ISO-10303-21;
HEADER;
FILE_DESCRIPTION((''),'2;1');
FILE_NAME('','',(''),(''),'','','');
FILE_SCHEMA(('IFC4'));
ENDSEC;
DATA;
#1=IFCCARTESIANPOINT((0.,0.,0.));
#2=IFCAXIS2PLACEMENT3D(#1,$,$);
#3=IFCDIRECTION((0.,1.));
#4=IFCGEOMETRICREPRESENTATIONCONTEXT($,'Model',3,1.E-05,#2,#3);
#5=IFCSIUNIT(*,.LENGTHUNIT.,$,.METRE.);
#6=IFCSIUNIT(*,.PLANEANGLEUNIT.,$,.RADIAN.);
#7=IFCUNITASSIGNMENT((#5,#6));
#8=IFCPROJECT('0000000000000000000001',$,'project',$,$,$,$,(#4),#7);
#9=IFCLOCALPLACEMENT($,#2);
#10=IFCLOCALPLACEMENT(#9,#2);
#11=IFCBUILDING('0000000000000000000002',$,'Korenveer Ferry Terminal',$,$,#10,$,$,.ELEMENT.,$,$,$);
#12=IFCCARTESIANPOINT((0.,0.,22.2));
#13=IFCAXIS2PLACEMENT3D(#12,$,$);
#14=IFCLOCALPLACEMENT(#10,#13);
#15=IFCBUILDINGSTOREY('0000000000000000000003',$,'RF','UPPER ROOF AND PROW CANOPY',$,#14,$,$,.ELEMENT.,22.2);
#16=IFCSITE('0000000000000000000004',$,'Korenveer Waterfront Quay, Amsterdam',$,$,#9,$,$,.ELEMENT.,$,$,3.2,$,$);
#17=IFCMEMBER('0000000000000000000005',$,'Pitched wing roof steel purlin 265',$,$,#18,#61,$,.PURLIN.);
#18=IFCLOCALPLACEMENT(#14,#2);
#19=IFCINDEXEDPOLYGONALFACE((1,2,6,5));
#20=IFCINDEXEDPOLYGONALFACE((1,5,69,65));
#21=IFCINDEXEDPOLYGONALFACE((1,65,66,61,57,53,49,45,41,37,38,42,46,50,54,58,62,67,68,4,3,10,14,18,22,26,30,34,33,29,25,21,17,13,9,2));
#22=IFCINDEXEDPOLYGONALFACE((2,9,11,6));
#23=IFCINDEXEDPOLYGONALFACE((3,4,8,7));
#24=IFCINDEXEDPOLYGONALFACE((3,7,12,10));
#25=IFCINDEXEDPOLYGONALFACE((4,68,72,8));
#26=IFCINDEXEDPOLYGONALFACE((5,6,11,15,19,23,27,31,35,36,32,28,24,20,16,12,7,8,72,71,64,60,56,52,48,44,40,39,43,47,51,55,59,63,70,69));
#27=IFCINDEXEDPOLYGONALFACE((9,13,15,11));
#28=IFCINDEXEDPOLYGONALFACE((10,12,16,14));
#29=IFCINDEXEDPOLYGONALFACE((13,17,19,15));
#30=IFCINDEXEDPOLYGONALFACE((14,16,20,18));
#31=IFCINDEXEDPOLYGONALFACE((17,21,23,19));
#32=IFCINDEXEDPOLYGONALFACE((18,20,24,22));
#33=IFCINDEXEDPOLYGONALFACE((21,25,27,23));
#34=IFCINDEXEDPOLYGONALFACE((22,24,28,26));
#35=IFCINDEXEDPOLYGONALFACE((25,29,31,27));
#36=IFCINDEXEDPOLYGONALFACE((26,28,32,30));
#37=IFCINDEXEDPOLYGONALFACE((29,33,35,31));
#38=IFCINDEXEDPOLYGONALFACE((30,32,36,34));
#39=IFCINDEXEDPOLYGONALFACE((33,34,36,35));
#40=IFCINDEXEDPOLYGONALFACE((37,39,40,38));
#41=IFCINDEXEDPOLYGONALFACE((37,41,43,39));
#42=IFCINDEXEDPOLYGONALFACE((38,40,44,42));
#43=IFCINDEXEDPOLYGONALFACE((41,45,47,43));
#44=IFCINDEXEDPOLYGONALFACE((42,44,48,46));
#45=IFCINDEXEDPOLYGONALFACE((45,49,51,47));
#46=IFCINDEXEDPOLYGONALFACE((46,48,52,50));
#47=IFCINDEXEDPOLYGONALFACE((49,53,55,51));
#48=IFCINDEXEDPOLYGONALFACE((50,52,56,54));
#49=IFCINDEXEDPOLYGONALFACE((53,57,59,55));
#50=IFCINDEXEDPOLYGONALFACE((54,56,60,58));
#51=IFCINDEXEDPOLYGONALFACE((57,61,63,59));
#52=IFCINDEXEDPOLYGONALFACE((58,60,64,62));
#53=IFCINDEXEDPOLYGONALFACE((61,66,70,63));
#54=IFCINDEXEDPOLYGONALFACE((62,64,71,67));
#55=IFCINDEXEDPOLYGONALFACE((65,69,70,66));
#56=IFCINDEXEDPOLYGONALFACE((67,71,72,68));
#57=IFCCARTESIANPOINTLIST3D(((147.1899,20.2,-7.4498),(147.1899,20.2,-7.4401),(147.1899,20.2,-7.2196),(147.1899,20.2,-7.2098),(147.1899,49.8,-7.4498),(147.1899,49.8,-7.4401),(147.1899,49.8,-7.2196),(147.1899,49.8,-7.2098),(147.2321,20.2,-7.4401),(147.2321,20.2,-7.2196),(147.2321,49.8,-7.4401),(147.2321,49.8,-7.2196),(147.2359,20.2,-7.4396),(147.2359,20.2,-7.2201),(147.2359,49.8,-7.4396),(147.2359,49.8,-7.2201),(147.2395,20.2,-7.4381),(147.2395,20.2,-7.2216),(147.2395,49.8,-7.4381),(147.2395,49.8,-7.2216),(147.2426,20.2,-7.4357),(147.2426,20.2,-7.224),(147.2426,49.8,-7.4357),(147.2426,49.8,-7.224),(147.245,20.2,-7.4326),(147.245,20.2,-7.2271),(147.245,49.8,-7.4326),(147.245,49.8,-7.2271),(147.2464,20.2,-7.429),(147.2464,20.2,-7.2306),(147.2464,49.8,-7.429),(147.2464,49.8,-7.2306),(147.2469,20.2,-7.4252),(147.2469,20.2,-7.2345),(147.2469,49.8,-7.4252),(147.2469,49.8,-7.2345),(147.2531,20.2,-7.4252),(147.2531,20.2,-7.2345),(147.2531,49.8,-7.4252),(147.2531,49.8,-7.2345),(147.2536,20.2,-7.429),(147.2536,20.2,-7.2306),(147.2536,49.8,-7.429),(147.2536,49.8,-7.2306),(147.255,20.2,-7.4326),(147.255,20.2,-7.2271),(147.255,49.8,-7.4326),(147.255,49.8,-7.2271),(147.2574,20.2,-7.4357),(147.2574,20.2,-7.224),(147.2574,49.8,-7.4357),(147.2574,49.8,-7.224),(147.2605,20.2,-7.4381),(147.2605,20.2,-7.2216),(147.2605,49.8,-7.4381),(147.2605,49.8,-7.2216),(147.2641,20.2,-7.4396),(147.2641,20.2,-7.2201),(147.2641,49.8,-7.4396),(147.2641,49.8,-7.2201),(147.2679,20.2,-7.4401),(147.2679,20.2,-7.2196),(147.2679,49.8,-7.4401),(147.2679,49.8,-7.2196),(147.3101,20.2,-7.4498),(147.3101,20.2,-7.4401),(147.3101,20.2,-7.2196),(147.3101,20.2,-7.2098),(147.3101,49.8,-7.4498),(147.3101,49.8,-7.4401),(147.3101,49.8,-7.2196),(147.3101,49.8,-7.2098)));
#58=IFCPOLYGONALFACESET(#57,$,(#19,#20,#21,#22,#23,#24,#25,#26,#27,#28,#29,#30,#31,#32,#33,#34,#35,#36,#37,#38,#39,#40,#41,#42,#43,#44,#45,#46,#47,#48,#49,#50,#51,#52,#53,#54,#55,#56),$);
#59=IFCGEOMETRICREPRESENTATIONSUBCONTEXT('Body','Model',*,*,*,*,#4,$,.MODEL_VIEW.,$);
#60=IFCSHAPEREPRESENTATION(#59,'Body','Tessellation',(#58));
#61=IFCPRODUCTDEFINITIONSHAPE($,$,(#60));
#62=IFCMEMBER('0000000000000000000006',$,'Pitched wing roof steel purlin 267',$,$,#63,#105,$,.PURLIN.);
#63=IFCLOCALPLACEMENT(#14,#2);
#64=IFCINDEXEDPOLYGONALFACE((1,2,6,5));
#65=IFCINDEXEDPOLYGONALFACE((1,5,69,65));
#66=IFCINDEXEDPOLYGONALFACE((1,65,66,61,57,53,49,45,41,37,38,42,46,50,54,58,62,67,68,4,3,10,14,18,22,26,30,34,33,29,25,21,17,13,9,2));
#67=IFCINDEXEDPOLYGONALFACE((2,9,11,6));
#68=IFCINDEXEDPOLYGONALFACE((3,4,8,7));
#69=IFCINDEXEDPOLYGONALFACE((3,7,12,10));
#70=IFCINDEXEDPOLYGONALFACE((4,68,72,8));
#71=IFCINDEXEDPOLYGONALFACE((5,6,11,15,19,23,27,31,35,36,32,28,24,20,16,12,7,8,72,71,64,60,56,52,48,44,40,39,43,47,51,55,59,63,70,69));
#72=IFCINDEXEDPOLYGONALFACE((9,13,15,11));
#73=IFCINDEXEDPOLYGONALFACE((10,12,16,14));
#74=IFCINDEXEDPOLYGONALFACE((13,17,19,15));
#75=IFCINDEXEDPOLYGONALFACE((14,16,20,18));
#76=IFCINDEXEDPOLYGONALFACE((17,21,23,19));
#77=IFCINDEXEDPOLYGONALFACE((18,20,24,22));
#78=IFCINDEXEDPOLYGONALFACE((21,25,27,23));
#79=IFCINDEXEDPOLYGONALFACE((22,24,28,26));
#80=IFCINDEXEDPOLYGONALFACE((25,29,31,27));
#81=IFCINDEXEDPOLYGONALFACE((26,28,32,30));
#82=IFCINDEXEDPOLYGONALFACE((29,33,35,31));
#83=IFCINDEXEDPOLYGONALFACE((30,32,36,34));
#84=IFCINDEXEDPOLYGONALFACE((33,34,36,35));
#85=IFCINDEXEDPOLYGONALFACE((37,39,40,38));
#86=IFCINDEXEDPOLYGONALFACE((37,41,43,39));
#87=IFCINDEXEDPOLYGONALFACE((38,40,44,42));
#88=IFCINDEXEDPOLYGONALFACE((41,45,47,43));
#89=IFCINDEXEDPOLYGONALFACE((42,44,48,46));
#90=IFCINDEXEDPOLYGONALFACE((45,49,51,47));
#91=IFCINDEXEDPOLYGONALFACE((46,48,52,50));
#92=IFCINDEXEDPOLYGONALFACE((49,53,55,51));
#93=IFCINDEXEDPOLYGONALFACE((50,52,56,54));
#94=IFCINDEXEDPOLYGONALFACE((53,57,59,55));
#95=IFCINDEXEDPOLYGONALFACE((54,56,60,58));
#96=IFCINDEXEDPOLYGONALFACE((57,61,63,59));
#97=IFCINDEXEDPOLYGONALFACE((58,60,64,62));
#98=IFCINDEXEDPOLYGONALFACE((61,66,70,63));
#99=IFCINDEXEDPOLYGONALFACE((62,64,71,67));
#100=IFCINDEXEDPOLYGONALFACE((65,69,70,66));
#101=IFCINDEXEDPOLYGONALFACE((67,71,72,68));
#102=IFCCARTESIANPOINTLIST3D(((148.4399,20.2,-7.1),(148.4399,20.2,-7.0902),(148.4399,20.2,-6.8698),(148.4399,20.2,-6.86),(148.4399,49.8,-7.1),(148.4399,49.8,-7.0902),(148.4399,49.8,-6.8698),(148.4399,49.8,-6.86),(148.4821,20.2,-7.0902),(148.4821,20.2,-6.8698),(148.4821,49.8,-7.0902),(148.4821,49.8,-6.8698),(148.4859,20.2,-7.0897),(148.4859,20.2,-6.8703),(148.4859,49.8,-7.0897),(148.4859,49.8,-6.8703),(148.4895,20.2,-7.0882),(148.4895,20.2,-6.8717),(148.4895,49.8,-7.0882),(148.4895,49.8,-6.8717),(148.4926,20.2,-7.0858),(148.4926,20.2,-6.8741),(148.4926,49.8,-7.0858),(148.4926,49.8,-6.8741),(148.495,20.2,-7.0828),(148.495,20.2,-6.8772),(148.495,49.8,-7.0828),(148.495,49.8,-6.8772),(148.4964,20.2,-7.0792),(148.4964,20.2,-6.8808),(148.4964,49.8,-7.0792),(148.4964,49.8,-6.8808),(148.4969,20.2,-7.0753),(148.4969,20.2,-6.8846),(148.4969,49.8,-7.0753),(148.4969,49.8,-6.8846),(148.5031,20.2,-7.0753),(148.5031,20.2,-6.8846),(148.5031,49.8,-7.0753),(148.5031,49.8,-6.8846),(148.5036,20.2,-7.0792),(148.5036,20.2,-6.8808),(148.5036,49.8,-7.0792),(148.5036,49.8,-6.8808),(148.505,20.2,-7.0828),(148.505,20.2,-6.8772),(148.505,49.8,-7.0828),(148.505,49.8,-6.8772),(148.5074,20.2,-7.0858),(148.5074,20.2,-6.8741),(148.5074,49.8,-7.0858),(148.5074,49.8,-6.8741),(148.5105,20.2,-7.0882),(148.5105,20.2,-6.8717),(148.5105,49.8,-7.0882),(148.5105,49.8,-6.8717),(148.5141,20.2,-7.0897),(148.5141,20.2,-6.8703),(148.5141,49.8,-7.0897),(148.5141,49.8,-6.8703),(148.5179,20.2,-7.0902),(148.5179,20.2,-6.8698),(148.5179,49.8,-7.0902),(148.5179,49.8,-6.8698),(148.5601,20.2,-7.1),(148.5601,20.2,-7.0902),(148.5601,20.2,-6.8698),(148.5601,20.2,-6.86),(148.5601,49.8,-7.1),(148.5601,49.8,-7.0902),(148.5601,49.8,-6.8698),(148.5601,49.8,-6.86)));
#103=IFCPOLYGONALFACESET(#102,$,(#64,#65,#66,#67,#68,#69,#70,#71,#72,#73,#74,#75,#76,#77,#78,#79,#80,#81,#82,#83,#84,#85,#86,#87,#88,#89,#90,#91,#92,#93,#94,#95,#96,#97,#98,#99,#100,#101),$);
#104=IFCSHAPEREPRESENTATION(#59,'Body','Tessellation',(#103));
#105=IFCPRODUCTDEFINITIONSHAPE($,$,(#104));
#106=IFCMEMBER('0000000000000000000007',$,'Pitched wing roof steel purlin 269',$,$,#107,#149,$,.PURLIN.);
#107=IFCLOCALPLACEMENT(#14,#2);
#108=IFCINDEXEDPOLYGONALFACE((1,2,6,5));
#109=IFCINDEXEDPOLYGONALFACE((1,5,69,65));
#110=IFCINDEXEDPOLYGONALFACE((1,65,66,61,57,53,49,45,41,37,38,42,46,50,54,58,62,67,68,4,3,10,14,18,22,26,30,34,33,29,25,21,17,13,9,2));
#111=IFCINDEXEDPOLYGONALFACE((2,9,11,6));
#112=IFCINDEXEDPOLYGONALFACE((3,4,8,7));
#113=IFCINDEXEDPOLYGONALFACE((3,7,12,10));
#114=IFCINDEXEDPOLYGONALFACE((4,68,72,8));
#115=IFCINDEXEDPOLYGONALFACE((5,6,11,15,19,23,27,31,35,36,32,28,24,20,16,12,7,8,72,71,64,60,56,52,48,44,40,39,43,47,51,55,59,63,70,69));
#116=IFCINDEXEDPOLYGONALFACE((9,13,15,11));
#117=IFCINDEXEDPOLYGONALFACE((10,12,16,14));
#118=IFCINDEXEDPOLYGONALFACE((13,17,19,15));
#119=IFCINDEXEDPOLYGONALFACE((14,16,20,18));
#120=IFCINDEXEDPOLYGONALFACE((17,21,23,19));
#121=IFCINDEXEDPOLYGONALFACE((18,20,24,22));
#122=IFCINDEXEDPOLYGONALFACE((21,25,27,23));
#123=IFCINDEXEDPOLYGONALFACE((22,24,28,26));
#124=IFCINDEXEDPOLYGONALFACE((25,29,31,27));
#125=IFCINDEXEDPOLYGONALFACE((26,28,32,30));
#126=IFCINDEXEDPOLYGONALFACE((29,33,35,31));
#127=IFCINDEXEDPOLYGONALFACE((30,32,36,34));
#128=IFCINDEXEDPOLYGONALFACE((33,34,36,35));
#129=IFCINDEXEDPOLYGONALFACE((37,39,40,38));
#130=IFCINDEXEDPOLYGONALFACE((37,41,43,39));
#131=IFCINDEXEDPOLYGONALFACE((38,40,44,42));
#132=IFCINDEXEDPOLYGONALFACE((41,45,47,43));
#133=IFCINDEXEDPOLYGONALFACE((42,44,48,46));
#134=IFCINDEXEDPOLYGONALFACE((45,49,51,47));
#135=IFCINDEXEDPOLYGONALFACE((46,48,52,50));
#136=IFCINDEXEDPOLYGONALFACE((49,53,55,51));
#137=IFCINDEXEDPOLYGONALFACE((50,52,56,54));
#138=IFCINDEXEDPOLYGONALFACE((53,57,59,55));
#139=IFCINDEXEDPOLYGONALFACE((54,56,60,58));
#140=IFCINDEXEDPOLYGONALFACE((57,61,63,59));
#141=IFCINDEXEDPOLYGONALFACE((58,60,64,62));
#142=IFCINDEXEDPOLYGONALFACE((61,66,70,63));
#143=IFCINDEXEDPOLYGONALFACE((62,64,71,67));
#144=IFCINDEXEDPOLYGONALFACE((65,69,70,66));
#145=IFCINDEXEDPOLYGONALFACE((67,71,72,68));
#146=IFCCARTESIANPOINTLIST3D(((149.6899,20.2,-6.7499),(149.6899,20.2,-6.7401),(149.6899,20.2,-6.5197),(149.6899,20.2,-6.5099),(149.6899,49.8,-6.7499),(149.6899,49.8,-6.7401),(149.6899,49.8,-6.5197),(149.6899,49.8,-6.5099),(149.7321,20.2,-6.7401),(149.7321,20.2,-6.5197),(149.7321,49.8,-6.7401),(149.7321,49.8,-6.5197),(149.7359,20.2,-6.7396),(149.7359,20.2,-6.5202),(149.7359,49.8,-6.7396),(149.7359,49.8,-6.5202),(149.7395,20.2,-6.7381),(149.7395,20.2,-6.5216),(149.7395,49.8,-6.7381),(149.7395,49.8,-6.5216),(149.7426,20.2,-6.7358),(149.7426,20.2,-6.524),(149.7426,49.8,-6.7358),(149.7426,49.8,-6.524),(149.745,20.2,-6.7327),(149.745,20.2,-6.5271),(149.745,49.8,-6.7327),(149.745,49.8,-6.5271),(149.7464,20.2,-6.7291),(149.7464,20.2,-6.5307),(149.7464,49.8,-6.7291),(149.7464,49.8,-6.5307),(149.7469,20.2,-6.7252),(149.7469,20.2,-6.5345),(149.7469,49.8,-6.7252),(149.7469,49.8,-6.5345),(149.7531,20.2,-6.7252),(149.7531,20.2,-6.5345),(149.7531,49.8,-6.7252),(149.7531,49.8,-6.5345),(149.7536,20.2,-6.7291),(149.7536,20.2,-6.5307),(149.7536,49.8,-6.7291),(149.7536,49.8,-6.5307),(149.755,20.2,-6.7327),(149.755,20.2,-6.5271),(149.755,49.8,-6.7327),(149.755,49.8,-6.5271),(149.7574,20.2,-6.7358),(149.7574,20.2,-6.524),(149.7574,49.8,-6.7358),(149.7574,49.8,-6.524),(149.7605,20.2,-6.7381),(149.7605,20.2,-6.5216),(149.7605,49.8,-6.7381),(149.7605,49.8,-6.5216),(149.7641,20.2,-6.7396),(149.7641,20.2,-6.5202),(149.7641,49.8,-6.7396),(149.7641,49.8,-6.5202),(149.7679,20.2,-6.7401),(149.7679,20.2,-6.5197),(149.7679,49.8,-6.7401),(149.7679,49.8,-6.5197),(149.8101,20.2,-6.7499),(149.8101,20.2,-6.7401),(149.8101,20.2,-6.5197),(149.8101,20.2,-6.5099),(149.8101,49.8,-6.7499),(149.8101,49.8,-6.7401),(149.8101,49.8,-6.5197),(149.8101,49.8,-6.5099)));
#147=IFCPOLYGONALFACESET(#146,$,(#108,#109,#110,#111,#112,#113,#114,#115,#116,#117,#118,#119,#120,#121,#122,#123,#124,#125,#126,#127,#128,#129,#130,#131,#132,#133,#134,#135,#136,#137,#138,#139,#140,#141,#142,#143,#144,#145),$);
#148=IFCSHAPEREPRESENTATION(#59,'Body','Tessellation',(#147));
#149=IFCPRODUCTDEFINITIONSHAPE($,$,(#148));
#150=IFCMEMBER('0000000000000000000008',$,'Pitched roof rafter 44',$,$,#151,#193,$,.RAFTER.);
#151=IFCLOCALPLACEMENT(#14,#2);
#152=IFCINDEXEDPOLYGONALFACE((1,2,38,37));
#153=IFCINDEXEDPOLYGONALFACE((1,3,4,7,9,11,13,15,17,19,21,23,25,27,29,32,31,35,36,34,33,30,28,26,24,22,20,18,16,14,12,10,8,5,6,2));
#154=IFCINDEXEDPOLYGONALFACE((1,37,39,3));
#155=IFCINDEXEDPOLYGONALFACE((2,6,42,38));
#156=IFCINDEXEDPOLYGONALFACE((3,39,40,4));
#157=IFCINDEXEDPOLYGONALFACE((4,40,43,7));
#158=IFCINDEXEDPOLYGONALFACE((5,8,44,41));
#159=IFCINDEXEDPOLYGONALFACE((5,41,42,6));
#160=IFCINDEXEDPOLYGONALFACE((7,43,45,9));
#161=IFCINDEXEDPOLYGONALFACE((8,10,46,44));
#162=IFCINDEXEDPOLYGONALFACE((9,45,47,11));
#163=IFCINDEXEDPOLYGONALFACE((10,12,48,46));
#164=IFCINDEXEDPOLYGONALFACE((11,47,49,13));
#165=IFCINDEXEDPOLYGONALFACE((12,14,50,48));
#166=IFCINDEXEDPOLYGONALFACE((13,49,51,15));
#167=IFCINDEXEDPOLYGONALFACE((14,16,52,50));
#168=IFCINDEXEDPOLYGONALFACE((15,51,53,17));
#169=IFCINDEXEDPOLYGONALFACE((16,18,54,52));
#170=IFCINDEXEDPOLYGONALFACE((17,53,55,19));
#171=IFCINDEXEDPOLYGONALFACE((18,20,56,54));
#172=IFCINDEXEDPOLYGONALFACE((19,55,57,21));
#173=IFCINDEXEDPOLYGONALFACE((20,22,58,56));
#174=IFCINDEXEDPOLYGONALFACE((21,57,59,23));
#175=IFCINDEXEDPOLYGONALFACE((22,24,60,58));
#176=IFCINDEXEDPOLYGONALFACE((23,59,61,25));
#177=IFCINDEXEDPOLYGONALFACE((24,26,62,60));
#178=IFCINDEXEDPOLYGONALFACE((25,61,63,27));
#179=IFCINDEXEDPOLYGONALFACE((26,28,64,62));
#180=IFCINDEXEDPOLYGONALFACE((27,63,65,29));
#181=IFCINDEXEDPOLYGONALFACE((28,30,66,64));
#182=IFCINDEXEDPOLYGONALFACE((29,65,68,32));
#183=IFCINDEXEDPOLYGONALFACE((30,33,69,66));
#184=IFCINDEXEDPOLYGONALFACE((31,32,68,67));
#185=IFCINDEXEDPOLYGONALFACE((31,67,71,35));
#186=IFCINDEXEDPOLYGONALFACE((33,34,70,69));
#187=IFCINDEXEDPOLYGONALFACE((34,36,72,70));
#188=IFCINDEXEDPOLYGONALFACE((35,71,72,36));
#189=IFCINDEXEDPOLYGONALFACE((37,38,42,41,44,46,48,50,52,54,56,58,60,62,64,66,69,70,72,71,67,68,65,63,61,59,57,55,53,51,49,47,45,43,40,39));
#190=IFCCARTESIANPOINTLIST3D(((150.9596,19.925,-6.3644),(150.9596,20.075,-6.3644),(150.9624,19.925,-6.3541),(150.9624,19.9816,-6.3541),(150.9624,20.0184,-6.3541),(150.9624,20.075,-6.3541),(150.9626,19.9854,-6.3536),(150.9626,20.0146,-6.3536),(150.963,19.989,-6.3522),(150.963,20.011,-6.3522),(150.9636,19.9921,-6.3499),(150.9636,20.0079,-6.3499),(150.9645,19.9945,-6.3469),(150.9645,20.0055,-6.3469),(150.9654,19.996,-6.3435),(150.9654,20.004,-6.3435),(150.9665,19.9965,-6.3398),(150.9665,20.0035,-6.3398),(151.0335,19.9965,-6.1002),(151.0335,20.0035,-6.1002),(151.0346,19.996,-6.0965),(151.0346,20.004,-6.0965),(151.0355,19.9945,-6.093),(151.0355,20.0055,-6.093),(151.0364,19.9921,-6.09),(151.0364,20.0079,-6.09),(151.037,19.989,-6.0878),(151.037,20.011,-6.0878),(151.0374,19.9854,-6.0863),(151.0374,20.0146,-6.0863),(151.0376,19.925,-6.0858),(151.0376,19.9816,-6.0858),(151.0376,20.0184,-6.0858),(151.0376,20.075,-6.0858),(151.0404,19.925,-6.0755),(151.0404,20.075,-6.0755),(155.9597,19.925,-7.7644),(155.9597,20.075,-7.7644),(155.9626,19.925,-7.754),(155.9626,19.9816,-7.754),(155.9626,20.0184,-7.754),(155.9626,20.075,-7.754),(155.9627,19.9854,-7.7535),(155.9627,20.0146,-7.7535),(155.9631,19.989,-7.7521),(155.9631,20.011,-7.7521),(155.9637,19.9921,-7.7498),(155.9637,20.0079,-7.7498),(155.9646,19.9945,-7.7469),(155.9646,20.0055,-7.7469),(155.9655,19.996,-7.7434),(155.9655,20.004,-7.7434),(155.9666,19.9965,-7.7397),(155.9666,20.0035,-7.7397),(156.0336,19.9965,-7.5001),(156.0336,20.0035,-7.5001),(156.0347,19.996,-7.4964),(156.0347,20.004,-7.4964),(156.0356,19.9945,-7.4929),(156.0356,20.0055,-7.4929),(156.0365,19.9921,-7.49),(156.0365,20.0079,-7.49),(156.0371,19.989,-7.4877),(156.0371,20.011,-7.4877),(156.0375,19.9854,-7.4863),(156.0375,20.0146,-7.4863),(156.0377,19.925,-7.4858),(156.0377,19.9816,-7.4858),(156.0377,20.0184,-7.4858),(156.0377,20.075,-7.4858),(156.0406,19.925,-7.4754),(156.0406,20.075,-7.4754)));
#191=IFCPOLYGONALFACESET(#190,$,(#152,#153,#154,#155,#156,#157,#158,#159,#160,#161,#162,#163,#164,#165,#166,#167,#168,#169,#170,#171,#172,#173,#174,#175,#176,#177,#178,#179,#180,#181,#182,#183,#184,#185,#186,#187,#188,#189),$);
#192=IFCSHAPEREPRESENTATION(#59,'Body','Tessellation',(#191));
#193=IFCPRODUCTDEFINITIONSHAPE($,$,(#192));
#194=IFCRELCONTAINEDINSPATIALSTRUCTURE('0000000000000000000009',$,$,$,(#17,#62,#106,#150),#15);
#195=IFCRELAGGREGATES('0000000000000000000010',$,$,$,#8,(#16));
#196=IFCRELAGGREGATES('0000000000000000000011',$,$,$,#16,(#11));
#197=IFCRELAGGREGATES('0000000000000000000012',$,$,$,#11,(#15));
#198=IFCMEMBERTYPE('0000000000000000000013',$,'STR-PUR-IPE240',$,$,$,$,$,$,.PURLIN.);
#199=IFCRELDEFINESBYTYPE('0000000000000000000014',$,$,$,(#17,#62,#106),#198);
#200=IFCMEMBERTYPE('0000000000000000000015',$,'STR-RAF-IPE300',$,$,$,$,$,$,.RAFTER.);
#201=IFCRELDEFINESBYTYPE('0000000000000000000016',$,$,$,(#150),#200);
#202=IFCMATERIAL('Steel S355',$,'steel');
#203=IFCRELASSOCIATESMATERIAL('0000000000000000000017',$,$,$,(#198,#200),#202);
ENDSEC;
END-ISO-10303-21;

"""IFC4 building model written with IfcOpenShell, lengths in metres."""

from ifc_helpers import new_model, si_unit, direction, frame, origin, origin_2d, place, context, subcontext, project, spatial, i_section, extrude, material, material_profile, profile_set, type_object, element, save


model = new_model("IFC4")

# Units and contexts
model_context = context("Model", 3, precision=1e-05, world=origin(), true_north=direction((0.0, 1.0)))
body_context = subcontext(model_context, "Body", "Model", "MODEL_VIEW")
ifc_project = project(units=[si_unit("LENGTHUNIT", "METRE"), si_unit("PLANEANGLEUNIT", "RADIAN")], contexts=[model_context])

# Site, building, storey
site_placement = place(None, origin())
site = spatial("IfcSite", under=ifc_project, at=site_placement, Name="Korenveer Waterfront Quay, Amsterdam", CompositionType="ELEMENT", RefElevation=3.2)
building_placement = place(site_placement, origin())
building = spatial("IfcBuilding", under=site, at=building_placement, Name="Korenveer Ferry Terminal", CompositionType="ELEMENT")
storey_placement = place(building_placement, frame((0.0, 0.0, 22.2)))
storey = spatial("IfcBuildingStorey", under=building, at=storey_placement, Name="RF", Description="UPPER ROOF AND PROW CANOPY", CompositionType="ELEMENT", Elevation=22.2)

# Members
ifc_material_1 = material(Name="Steel S355", Category="steel")
ifc_material_profile_1 = material_profile(ifc_material_1, i_section(OverallWidth=0.1201, OverallDepth=0.24, WebThickness=0.0061, FlangeThickness=0.0098, FilletRadius=0.0149, at=origin_2d()), Name="IPE 240")
ifc_profile_set_1 = profile_set([ifc_material_profile_1], Name="Steel S355")
member_type_1 = type_object("IfcMemberType", Name="STR-PUR-IPE240", PredefinedType="PURLIN", material=ifc_profile_set_1)
for number, where, z_axis, x_axis, name in (
    (1, (147.25, 20.2, -7.3298), (0.0, 1.0, 0.0), (-1.0, 0.0, 0.0), "Pitched wing roof steel purlin 265"),
    (2, (148.5, 20.2, -6.98), (0.0, 1.0, 0.0), (-1.0, 0.0, 0.0), "Pitched wing roof steel purlin 267"),
    (3, (149.75, 20.2, -6.6299), (0.0, 1.0, 0.0), (-1.0, 0.0, 0.0), "Pitched wing roof steel purlin 269"),
):
    element("IfcMember", number, at=place(storey_placement, frame(where, z_axis=z_axis, x_axis=x_axis)), inside=storey, type_object=member_type_1, Name=name, PredefinedType="PURLIN", context=body_context, shape_type="SweptSolid", body=[
        extrude(i_section(OverallWidth=0.1201, OverallDepth=0.24, WebThickness=0.0061, FlangeThickness=0.0098, FilletRadius=0.0149, at=origin_2d()), origin(), (0.0, 0.0, 1.0), 29.6001),
    ])
ifc_material_profile_2 = material_profile(ifc_material_1, i_section(OverallWidth=0.1499, OverallDepth=0.3, WebThickness=0.0071, FlangeThickness=0.0107, FilletRadius=0.0149, at=origin_2d()), Name="IPE 300")
ifc_profile_set_2 = profile_set([ifc_material_profile_2], Name="Steel S355")
member_type_2 = type_object("IfcMemberType", Name="STR-RAF-IPE300", PredefinedType="RAFTER", material=ifc_profile_set_2)
for number, where, z_axis, x_axis, name in (
    (4, (151.0, 20.0, -6.22), (0.962969, 0.0, -0.269612), (0.0, 1.0, 0.0), "Pitched roof rafter 44"),
):
    element("IfcMember", number, at=place(storey_placement, frame(where, z_axis=z_axis, x_axis=x_axis)), inside=storey, type_object=member_type_2, Name=name, PredefinedType="RAFTER", context=body_context, shape_type="SweptSolid", body=[
        extrude(i_section(OverallWidth=0.1499, OverallDepth=0.3, WebThickness=0.0071, FlangeThickness=0.0107, FilletRadius=0.0149, at=origin_2d()), origin(), (0.0, 0.0, 1.0), 5.1924),
    ])

save(model, "model.ifc")
